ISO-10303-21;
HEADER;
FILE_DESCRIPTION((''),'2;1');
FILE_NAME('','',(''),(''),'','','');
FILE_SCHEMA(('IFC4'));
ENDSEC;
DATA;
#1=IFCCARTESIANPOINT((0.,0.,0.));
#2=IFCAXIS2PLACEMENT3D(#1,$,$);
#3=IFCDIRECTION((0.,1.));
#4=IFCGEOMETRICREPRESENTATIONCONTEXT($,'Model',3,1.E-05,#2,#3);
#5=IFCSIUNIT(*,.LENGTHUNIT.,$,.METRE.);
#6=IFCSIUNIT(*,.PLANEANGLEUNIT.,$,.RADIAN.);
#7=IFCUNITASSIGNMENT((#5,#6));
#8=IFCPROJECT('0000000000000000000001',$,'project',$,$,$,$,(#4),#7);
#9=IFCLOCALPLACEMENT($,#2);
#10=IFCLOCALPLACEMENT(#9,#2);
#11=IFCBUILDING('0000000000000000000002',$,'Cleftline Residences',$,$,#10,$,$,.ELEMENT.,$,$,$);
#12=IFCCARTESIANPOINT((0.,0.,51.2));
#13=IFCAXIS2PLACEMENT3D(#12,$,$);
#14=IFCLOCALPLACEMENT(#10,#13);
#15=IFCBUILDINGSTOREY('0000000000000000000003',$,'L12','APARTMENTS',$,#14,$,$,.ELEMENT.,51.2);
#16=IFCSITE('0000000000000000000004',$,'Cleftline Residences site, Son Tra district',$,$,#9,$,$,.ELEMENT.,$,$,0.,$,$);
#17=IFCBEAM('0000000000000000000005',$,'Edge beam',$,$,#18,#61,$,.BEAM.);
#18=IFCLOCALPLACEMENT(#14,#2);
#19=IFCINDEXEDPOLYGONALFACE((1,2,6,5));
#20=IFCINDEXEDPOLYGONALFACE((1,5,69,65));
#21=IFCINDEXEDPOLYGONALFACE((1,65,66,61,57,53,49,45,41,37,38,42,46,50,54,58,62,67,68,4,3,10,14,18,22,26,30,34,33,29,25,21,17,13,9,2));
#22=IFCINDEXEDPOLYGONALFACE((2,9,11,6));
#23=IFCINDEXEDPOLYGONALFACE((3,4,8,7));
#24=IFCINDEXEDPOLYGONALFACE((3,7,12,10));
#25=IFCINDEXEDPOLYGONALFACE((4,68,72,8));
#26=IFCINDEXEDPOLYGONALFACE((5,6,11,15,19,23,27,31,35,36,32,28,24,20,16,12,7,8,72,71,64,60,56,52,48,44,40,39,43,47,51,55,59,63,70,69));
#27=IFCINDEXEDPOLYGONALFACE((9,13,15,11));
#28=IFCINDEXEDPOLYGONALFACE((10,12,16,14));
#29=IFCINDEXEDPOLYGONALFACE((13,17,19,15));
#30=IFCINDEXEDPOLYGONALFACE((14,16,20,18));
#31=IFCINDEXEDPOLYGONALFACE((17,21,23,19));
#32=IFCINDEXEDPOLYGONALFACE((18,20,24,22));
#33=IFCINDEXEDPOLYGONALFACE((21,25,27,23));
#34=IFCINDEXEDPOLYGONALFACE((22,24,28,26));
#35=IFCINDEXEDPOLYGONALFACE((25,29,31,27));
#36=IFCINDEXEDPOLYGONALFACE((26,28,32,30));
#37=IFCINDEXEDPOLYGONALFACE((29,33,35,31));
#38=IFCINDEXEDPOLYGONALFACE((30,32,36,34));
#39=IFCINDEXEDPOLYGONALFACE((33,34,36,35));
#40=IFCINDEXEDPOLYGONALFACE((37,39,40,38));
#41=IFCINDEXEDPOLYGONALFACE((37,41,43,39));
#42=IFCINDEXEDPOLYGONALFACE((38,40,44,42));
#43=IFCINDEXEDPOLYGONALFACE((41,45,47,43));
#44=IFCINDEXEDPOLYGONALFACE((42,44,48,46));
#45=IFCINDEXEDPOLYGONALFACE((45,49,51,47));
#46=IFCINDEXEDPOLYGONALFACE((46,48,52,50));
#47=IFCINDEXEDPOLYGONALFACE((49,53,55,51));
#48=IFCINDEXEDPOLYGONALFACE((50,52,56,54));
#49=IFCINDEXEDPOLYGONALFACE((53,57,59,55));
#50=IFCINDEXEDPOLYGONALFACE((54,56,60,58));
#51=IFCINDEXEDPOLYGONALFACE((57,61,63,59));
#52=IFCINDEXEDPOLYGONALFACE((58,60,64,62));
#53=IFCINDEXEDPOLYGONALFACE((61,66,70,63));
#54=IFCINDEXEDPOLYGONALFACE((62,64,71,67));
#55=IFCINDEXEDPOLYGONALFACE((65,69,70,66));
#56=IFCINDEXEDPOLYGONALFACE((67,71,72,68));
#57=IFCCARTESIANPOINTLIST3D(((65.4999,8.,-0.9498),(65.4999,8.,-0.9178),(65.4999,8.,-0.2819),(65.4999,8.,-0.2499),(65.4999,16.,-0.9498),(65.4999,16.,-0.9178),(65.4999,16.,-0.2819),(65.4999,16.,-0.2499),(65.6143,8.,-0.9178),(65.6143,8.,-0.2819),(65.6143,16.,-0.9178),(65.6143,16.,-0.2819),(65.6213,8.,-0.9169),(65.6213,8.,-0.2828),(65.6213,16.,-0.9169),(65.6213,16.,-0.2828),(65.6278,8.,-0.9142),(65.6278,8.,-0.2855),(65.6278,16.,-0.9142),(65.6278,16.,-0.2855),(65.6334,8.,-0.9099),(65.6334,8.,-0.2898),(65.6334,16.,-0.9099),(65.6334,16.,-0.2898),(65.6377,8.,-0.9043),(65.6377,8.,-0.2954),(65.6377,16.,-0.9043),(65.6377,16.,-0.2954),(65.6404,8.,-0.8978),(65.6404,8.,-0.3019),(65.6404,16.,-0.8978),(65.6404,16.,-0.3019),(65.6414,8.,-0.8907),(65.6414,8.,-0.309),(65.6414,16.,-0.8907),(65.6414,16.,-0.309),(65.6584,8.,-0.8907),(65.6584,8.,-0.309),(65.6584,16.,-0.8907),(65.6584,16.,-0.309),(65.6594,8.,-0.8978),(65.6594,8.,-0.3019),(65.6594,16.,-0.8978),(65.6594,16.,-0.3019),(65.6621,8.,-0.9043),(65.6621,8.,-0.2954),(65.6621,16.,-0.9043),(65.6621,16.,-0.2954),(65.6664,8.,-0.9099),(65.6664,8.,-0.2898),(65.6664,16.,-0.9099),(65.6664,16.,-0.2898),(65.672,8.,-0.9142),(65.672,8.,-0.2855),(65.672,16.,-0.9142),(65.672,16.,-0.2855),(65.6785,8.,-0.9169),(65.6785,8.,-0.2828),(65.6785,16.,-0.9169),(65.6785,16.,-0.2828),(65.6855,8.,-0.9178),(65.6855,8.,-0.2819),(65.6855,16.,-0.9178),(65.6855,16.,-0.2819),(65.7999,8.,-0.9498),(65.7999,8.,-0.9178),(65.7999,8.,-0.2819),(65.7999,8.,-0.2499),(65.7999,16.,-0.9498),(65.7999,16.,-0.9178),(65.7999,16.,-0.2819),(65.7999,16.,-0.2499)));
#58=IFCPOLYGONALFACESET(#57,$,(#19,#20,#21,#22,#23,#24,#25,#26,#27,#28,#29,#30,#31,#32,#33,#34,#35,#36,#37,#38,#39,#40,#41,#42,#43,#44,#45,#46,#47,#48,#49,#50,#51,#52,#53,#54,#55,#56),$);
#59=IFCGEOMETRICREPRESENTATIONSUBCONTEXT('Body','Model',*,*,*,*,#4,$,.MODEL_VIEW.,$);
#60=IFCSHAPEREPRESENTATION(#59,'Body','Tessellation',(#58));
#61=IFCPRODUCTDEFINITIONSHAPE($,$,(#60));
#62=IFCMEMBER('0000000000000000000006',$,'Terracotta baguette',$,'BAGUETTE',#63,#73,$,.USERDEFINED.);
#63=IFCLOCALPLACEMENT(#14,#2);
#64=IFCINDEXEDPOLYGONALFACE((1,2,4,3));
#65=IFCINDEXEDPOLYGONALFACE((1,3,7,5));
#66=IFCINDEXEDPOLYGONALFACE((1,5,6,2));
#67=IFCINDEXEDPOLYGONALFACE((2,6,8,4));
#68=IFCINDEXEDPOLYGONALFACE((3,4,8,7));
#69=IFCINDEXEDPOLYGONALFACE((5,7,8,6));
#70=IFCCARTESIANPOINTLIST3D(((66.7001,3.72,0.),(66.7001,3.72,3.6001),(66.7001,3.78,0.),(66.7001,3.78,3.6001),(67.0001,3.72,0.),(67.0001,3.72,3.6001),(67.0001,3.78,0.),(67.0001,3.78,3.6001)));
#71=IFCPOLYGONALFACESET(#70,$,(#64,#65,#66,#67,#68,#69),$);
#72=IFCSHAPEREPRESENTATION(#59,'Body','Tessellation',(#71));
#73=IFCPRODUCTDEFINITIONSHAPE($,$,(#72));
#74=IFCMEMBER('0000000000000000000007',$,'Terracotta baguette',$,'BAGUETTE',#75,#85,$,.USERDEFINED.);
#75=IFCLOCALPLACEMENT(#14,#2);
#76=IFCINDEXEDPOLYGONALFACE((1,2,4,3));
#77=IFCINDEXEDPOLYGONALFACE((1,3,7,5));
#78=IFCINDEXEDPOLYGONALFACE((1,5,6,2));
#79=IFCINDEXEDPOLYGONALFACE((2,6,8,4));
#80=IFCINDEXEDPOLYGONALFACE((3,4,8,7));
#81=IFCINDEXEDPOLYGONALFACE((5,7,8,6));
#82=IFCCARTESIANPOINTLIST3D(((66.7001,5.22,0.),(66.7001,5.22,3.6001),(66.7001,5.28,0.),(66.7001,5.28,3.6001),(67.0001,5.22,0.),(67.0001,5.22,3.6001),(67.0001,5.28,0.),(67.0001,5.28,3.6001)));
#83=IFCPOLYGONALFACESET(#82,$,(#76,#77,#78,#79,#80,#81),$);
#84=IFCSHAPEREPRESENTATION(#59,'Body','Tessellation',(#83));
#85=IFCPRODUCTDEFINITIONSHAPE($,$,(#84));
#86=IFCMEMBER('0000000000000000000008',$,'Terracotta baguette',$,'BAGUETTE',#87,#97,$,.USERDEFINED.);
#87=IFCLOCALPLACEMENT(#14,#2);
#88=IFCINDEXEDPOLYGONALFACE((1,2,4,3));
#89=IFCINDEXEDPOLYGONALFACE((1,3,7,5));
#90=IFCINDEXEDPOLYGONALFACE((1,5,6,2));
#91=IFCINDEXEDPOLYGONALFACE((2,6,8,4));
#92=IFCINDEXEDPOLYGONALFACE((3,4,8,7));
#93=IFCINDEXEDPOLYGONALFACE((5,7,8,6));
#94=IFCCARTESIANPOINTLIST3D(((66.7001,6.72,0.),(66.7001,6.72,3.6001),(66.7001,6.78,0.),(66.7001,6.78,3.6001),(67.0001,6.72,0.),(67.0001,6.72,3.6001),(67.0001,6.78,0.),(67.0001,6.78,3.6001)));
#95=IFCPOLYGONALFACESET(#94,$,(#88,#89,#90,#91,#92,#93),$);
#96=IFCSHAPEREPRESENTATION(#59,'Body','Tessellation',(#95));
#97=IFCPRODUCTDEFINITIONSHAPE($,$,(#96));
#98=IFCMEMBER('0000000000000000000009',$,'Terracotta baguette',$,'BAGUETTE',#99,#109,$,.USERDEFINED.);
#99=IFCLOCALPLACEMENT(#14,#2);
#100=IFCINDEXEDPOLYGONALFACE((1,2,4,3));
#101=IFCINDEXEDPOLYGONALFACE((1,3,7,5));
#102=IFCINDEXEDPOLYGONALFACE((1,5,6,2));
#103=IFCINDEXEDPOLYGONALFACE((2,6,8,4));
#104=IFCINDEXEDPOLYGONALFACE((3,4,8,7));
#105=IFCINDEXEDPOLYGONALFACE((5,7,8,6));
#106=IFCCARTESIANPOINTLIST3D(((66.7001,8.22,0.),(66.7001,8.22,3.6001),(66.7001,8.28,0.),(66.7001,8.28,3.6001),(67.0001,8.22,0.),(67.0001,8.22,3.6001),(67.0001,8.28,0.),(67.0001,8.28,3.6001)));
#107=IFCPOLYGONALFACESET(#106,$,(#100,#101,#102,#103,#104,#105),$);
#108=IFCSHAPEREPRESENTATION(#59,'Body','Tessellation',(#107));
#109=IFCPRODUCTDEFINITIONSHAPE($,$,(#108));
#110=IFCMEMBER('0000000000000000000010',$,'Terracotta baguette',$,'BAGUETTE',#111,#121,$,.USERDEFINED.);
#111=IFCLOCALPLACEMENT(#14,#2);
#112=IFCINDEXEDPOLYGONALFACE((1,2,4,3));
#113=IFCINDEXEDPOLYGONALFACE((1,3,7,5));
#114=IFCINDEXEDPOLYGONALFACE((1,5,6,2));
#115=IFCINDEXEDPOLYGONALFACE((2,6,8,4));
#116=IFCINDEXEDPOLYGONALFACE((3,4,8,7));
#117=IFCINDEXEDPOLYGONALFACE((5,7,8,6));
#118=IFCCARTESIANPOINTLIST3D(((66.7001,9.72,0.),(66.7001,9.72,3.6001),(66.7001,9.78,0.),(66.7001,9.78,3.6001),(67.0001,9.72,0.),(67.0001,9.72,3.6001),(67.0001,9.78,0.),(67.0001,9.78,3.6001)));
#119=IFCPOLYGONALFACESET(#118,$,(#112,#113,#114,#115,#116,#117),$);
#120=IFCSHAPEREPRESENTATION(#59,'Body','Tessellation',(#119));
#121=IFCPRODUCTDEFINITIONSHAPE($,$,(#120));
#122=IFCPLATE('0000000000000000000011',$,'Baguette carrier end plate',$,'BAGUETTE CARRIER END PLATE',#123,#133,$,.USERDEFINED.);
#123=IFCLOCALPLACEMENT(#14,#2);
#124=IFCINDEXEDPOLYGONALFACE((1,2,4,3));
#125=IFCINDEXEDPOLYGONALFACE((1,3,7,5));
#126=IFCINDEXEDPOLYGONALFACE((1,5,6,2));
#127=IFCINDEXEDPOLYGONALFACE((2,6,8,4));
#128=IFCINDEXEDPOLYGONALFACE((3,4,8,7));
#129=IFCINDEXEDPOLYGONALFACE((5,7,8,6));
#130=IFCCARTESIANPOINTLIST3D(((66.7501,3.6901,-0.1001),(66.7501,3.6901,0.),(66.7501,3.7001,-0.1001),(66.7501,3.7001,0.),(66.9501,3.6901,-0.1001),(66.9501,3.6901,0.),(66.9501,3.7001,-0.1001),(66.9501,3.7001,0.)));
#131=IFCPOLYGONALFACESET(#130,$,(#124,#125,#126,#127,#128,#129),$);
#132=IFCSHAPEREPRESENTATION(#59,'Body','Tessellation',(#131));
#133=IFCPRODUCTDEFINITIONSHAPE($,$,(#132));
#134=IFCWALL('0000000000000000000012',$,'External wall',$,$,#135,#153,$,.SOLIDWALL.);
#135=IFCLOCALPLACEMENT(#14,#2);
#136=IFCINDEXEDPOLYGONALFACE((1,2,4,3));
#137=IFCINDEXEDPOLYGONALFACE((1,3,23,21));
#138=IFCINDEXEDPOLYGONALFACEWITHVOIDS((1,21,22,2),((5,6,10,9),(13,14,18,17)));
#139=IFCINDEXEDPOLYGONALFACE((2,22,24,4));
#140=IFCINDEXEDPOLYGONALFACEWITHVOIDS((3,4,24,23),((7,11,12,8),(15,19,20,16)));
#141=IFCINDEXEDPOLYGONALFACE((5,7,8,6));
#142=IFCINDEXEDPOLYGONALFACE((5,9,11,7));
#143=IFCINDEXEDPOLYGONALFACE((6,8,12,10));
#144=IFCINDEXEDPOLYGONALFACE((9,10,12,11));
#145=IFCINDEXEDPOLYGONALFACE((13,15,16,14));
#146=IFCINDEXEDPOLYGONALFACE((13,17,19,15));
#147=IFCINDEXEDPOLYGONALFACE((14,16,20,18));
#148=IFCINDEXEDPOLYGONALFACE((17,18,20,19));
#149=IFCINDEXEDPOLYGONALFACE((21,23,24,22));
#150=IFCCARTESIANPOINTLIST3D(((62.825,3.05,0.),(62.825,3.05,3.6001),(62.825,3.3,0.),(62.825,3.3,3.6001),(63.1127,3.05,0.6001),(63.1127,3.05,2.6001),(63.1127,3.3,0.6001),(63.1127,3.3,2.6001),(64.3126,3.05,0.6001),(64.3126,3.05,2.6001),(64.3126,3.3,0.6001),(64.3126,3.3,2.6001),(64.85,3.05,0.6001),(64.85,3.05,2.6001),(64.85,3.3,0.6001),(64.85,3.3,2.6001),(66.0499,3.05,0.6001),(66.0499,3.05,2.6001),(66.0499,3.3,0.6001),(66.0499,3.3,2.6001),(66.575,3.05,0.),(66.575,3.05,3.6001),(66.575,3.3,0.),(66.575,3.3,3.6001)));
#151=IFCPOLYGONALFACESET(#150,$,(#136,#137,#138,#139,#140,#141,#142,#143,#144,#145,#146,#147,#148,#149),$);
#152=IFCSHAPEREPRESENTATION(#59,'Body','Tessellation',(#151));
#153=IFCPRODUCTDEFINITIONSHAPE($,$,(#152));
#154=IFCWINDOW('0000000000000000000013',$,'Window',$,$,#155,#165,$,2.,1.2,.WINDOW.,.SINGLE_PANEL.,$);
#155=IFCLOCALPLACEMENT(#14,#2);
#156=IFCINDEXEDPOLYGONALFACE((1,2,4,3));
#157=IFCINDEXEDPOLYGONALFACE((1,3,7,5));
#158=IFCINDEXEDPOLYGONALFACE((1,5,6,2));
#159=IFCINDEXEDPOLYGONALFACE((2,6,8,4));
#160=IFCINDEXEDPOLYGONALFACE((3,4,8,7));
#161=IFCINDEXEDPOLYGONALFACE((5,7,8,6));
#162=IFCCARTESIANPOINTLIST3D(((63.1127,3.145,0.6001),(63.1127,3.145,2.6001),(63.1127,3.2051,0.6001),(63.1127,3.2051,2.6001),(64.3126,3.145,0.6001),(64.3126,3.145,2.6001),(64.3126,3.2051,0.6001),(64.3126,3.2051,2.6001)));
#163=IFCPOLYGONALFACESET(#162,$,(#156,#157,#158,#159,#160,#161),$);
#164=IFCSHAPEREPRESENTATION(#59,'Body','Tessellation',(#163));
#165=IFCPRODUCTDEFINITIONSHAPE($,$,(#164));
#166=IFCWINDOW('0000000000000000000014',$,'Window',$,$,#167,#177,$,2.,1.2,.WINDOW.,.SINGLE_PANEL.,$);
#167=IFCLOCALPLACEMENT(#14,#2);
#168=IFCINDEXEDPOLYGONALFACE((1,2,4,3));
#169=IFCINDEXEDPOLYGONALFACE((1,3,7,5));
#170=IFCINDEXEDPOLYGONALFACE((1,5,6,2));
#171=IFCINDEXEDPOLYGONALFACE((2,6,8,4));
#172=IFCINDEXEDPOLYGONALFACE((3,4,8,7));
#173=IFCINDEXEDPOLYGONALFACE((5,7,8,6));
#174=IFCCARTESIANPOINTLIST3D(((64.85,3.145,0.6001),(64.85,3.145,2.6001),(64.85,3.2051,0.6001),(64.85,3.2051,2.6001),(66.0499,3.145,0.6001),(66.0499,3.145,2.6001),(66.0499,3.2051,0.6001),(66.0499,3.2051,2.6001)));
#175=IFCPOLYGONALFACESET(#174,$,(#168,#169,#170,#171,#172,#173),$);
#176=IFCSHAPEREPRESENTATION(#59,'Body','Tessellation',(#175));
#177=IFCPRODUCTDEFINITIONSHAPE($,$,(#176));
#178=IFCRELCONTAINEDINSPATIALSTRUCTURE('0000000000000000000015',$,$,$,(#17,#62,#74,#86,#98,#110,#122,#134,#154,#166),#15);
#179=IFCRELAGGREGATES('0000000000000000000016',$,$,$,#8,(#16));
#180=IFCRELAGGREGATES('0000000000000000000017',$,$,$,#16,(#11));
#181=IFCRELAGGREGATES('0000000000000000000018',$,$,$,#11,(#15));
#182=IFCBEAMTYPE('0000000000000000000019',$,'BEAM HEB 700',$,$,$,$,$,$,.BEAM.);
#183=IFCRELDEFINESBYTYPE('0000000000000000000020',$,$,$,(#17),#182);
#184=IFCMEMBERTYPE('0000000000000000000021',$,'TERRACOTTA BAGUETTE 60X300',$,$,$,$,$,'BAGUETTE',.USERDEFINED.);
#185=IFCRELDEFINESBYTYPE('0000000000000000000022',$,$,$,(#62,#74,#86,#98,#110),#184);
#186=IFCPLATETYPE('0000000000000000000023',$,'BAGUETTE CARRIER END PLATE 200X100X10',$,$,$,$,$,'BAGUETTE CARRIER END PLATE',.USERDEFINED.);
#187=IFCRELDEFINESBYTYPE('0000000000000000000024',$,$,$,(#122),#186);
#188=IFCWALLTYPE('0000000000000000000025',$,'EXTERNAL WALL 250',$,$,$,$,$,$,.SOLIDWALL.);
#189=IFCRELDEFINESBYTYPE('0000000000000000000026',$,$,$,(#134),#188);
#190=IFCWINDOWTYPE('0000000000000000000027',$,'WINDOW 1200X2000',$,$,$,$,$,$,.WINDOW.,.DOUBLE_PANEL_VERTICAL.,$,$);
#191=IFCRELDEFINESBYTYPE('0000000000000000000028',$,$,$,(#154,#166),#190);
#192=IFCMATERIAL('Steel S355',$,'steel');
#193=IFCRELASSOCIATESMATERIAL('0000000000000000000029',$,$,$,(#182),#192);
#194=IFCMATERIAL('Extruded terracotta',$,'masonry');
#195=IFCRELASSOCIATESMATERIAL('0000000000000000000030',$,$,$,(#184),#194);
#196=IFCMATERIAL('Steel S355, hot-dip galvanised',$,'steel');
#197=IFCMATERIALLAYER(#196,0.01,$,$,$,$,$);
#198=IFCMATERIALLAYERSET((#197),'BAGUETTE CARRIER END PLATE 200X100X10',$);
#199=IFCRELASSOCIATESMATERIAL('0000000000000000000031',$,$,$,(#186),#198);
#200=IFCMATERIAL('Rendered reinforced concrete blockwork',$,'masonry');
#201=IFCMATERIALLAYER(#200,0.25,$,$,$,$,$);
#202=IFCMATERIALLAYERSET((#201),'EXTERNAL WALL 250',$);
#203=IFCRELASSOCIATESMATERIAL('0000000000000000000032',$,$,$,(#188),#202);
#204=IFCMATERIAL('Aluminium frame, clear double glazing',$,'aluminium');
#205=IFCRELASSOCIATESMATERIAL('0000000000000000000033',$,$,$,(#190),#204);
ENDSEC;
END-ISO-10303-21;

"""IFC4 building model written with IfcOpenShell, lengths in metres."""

from ifc_helpers import new_model, si_unit, direction, frame, frame_2d, origin, origin_2d, place, context, subcontext, project, spatial, rectangle, i_section, extrude, material, layer, layer_set, material_profile, profile_set, type_object, element, fill, save


model = new_model("IFC4")

# Units and contexts
model_context = context("Model", 3, precision=1e-05, world=origin(), true_north=direction((0.0, 1.0)))
body_context = subcontext(model_context, "Body", "Model", "MODEL_VIEW")
ifc_project = project(units=[si_unit("LENGTHUNIT", "METRE"), si_unit("PLANEANGLEUNIT", "RADIAN")], contexts=[model_context])

# Site, building, storey
site_placement = place(None, origin())
site = spatial("IfcSite", under=ifc_project, at=site_placement, Name="Cleftline Residences site, Son Tra district", CompositionType="ELEMENT", RefElevation=0.0)
building_placement = place(site_placement, origin())
building = spatial("IfcBuilding", under=site, at=building_placement, Name="Cleftline Residences", CompositionType="ELEMENT")
storey_placement = place(building_placement, frame((0.0, 0.0, 51.2)))
storey = spatial("IfcBuildingStorey", under=building, at=storey_placement, Name="L12", Description="APARTMENTS", CompositionType="ELEMENT", Elevation=51.2)

# Beam
ifc_material_1 = material(Name="Steel S355", Category="steel")
ifc_material_profile_1 = material_profile(ifc_material_1, i_section(OverallWidth=0.3, OverallDepth=0.7, WebThickness=0.0171, FlangeThickness=0.032, FilletRadius=0.0271, at=origin_2d()))
ifc_profile_set_1 = profile_set([ifc_material_profile_1], Name="Steel S355")
beam_type = type_object("IfcBeamType", Name="BEAM HEB 700", PredefinedType="BEAM", material=ifc_profile_set_1)
beam_placement = place(storey_placement, frame((65.6499, 8.0, -0.5999), z_axis=(0.0, 1.0, 0.0), x_axis=(-1.0, 0.0, 0.0)))
element("IfcBeam", 1, at=beam_placement, inside=storey, type_object=beam_type, Name="Edge beam", PredefinedType="BEAM", context=body_context, shape_type="SweptSolid", body=[
    extrude(i_section(OverallWidth=0.3, OverallDepth=0.7, WebThickness=0.0171, FlangeThickness=0.032, FilletRadius=0.0271, at=origin_2d()), origin(), (0.0, 0.0, 1.0), 8.0),
])

# Members
ifc_material_2 = material(Name="Extruded terracotta", Category="masonry")
ifc_material_profile_2 = material_profile(ifc_material_2, rectangle(XDim=0.0601, YDim=0.3, at=origin_2d()))
ifc_profile_set_2 = profile_set([ifc_material_profile_2], Name="Extruded terracotta")
member_type_1 = type_object("IfcMemberType", Name="TERRACOTTA BAGUETTE 60X300", ElementType="BAGUETTE", PredefinedType="USERDEFINED", material=ifc_profile_set_2)
for number, where, z_axis, x_axis, name in (
    (2, (66.8501, 3.75, 0.0), (0.0, 0.0, 1.0), (0.0, 1.0, 0.0), "Terracotta baguette"),
    (3, (66.8501, 5.25, 0.0), (0.0, 0.0, 1.0), (0.0, 1.0, 0.0), "Terracotta baguette"),
    (4, (66.8501, 6.75, 0.0), (0.0, 0.0, 1.0), (0.0, 1.0, 0.0), "Terracotta baguette"),
    (5, (66.8501, 8.25, 0.0), (0.0, 0.0, 1.0), (0.0, 1.0, 0.0), "Terracotta baguette"),
    (6, (66.8501, 9.75, 0.0), (0.0, 0.0, 1.0), (0.0, 1.0, 0.0), "Terracotta baguette"),
):
    element("IfcMember", number, at=place(storey_placement, frame(where, z_axis=z_axis, x_axis=x_axis)), inside=storey, type_object=member_type_1, Name=name, ObjectType="BAGUETTE", PredefinedType="USERDEFINED", context=body_context, shape_type="SweptSolid", body=[
        extrude(rectangle(XDim=0.0601, YDim=0.3, at=origin_2d()), origin(), (0.0, 0.0, 1.0), 3.6001),
    ])

# Plate
ifc_material_3 = material(Name="Steel S355, hot-dip galvanised", Category="steel")
ifc_layer_1 = layer(ifc_material_3, 0.01)
ifc_layer_set_1 = layer_set([ifc_layer_1], Name="BAGUETTE CARRIER END PLATE 200X100X10")
plate_type = type_object("IfcPlateType", Name="BAGUETTE CARRIER END PLATE 200X100X10", ElementType="BAGUETTE CARRIER END PLATE", PredefinedType="USERDEFINED", material=ifc_layer_set_1)
plate_placement = place(storey_placement, frame((66.8501, 3.6951, -0.1001), z_axis=(0.0, 0.0, 1.0), x_axis=(1.0, 0.0, 0.0)))
element("IfcPlate", 7, at=plate_placement, inside=storey, type_object=plate_type, Name="Baguette carrier end plate", ObjectType="BAGUETTE CARRIER END PLATE", PredefinedType="USERDEFINED", context=body_context, shape_type="SweptSolid", body=[
    extrude(rectangle(XDim=0.2, YDim=0.01, at=origin_2d()), origin(), (0.0, 0.0, 1.0), 0.1001),
])

# Wall, openings, windows
ifc_material_4 = material(Name="Rendered reinforced concrete blockwork", Category="masonry")
ifc_layer_2 = layer(ifc_material_4, 0.25)
ifc_layer_set_2 = layer_set([ifc_layer_2], Name="EXTERNAL WALL 250")
wall_type_1 = type_object("IfcWallType", Name="EXTERNAL WALL 250", PredefinedType="SOLIDWALL", material=ifc_layer_set_2)
wall_1_placement = place(storey_placement, frame((62.825, 3.175, 0.0), z_axis=(0.0, 0.0, 1.0), x_axis=(1.0, 0.0, 0.0)))
wall_1 = element("IfcWall", 8, at=wall_1_placement, inside=storey, type_object=wall_type_1, Name="External wall", PredefinedType="SOLIDWALL", context=body_context, shape_type="SweptSolid", body=[
    extrude(rectangle(XDim=3.75, YDim=0.25, at=frame_2d((1.875, 0.0))), origin(), (0.0, 0.0, 1.0), 3.6001),
])
opening_1_placement = place(wall_1_placement, frame((0.2876, 0.0, 0.6001)))
opening_1 = element("IfcOpeningElement", 9, at=opening_1_placement, cuts=wall_1, PredefinedType="OPENING", context=body_context, shape_type="SweptSolid", body=[
    extrude(rectangle(XDim=1.2, YDim=2.0, at=frame_2d((0.6001, 1.0))), frame((0.0, 0.135, 0.0), z_axis=(0.0, -1.0, 0.0), x_axis=(1.0, 0.0, 0.0)), (0.0, 0.0, 1.0), 0.27),
])
opening_2_placement = place(wall_1_placement, frame((2.0249, 0.0, 0.6001)))
opening_2 = element("IfcOpeningElement", 10, at=opening_2_placement, cuts=wall_1, PredefinedType="OPENING", context=body_context, shape_type="SweptSolid", body=[
    extrude(rectangle(XDim=1.2, YDim=2.0, at=frame_2d((0.6001, 1.0))), frame((0.0, 0.135, 0.0), z_axis=(0.0, -1.0, 0.0), x_axis=(1.0, 0.0, 0.0)), (0.0, 0.0, 1.0), 0.27),
])
ifc_material_5 = material(Name="Aluminium frame, clear double glazing", Category="aluminium")
window_type_1 = type_object("IfcWindowType", Name="WINDOW 1200X2000", PartitioningType="DOUBLE_PANEL_VERTICAL", PredefinedType="WINDOW", material=ifc_material_5)
window_1_placement = place(opening_1_placement, origin())
window_1 = element("IfcWindow", 11, at=window_1_placement, inside=storey, type_object=window_type_1, Name="Window", OverallHeight=2.0, OverallWidth=1.2, PartitioningType="SINGLE_PANEL", PredefinedType="WINDOW", context=body_context, shape_type="SweptSolid", body=[
    extrude(rectangle(XDim=1.2, YDim=2.0, at=frame_2d((0.6001, 1.0))), frame((0.0, 0.03, 0.0), z_axis=(0.0, -1.0, 0.0), x_axis=(1.0, 0.0, 0.0)), (0.0, 0.0, 1.0), 0.0601),
])
fill(opening_1, window_1)
window_2_placement = place(opening_2_placement, origin())
window_2 = element("IfcWindow", 12, at=window_2_placement, inside=storey, type_object=window_type_1, Name="Window", OverallHeight=2.0, OverallWidth=1.2, PartitioningType="SINGLE_PANEL", PredefinedType="WINDOW", context=body_context, shape_type="SweptSolid", body=[
    extrude(rectangle(XDim=1.2, YDim=2.0, at=frame_2d((0.6001, 1.0))), frame((0.0, 0.03, 0.0), z_axis=(0.0, -1.0, 0.0), x_axis=(1.0, 0.0, 0.0)), (0.0, 0.0, 1.0), 0.0601),
])
fill(opening_2, window_2)

save(model, "model.ifc")
